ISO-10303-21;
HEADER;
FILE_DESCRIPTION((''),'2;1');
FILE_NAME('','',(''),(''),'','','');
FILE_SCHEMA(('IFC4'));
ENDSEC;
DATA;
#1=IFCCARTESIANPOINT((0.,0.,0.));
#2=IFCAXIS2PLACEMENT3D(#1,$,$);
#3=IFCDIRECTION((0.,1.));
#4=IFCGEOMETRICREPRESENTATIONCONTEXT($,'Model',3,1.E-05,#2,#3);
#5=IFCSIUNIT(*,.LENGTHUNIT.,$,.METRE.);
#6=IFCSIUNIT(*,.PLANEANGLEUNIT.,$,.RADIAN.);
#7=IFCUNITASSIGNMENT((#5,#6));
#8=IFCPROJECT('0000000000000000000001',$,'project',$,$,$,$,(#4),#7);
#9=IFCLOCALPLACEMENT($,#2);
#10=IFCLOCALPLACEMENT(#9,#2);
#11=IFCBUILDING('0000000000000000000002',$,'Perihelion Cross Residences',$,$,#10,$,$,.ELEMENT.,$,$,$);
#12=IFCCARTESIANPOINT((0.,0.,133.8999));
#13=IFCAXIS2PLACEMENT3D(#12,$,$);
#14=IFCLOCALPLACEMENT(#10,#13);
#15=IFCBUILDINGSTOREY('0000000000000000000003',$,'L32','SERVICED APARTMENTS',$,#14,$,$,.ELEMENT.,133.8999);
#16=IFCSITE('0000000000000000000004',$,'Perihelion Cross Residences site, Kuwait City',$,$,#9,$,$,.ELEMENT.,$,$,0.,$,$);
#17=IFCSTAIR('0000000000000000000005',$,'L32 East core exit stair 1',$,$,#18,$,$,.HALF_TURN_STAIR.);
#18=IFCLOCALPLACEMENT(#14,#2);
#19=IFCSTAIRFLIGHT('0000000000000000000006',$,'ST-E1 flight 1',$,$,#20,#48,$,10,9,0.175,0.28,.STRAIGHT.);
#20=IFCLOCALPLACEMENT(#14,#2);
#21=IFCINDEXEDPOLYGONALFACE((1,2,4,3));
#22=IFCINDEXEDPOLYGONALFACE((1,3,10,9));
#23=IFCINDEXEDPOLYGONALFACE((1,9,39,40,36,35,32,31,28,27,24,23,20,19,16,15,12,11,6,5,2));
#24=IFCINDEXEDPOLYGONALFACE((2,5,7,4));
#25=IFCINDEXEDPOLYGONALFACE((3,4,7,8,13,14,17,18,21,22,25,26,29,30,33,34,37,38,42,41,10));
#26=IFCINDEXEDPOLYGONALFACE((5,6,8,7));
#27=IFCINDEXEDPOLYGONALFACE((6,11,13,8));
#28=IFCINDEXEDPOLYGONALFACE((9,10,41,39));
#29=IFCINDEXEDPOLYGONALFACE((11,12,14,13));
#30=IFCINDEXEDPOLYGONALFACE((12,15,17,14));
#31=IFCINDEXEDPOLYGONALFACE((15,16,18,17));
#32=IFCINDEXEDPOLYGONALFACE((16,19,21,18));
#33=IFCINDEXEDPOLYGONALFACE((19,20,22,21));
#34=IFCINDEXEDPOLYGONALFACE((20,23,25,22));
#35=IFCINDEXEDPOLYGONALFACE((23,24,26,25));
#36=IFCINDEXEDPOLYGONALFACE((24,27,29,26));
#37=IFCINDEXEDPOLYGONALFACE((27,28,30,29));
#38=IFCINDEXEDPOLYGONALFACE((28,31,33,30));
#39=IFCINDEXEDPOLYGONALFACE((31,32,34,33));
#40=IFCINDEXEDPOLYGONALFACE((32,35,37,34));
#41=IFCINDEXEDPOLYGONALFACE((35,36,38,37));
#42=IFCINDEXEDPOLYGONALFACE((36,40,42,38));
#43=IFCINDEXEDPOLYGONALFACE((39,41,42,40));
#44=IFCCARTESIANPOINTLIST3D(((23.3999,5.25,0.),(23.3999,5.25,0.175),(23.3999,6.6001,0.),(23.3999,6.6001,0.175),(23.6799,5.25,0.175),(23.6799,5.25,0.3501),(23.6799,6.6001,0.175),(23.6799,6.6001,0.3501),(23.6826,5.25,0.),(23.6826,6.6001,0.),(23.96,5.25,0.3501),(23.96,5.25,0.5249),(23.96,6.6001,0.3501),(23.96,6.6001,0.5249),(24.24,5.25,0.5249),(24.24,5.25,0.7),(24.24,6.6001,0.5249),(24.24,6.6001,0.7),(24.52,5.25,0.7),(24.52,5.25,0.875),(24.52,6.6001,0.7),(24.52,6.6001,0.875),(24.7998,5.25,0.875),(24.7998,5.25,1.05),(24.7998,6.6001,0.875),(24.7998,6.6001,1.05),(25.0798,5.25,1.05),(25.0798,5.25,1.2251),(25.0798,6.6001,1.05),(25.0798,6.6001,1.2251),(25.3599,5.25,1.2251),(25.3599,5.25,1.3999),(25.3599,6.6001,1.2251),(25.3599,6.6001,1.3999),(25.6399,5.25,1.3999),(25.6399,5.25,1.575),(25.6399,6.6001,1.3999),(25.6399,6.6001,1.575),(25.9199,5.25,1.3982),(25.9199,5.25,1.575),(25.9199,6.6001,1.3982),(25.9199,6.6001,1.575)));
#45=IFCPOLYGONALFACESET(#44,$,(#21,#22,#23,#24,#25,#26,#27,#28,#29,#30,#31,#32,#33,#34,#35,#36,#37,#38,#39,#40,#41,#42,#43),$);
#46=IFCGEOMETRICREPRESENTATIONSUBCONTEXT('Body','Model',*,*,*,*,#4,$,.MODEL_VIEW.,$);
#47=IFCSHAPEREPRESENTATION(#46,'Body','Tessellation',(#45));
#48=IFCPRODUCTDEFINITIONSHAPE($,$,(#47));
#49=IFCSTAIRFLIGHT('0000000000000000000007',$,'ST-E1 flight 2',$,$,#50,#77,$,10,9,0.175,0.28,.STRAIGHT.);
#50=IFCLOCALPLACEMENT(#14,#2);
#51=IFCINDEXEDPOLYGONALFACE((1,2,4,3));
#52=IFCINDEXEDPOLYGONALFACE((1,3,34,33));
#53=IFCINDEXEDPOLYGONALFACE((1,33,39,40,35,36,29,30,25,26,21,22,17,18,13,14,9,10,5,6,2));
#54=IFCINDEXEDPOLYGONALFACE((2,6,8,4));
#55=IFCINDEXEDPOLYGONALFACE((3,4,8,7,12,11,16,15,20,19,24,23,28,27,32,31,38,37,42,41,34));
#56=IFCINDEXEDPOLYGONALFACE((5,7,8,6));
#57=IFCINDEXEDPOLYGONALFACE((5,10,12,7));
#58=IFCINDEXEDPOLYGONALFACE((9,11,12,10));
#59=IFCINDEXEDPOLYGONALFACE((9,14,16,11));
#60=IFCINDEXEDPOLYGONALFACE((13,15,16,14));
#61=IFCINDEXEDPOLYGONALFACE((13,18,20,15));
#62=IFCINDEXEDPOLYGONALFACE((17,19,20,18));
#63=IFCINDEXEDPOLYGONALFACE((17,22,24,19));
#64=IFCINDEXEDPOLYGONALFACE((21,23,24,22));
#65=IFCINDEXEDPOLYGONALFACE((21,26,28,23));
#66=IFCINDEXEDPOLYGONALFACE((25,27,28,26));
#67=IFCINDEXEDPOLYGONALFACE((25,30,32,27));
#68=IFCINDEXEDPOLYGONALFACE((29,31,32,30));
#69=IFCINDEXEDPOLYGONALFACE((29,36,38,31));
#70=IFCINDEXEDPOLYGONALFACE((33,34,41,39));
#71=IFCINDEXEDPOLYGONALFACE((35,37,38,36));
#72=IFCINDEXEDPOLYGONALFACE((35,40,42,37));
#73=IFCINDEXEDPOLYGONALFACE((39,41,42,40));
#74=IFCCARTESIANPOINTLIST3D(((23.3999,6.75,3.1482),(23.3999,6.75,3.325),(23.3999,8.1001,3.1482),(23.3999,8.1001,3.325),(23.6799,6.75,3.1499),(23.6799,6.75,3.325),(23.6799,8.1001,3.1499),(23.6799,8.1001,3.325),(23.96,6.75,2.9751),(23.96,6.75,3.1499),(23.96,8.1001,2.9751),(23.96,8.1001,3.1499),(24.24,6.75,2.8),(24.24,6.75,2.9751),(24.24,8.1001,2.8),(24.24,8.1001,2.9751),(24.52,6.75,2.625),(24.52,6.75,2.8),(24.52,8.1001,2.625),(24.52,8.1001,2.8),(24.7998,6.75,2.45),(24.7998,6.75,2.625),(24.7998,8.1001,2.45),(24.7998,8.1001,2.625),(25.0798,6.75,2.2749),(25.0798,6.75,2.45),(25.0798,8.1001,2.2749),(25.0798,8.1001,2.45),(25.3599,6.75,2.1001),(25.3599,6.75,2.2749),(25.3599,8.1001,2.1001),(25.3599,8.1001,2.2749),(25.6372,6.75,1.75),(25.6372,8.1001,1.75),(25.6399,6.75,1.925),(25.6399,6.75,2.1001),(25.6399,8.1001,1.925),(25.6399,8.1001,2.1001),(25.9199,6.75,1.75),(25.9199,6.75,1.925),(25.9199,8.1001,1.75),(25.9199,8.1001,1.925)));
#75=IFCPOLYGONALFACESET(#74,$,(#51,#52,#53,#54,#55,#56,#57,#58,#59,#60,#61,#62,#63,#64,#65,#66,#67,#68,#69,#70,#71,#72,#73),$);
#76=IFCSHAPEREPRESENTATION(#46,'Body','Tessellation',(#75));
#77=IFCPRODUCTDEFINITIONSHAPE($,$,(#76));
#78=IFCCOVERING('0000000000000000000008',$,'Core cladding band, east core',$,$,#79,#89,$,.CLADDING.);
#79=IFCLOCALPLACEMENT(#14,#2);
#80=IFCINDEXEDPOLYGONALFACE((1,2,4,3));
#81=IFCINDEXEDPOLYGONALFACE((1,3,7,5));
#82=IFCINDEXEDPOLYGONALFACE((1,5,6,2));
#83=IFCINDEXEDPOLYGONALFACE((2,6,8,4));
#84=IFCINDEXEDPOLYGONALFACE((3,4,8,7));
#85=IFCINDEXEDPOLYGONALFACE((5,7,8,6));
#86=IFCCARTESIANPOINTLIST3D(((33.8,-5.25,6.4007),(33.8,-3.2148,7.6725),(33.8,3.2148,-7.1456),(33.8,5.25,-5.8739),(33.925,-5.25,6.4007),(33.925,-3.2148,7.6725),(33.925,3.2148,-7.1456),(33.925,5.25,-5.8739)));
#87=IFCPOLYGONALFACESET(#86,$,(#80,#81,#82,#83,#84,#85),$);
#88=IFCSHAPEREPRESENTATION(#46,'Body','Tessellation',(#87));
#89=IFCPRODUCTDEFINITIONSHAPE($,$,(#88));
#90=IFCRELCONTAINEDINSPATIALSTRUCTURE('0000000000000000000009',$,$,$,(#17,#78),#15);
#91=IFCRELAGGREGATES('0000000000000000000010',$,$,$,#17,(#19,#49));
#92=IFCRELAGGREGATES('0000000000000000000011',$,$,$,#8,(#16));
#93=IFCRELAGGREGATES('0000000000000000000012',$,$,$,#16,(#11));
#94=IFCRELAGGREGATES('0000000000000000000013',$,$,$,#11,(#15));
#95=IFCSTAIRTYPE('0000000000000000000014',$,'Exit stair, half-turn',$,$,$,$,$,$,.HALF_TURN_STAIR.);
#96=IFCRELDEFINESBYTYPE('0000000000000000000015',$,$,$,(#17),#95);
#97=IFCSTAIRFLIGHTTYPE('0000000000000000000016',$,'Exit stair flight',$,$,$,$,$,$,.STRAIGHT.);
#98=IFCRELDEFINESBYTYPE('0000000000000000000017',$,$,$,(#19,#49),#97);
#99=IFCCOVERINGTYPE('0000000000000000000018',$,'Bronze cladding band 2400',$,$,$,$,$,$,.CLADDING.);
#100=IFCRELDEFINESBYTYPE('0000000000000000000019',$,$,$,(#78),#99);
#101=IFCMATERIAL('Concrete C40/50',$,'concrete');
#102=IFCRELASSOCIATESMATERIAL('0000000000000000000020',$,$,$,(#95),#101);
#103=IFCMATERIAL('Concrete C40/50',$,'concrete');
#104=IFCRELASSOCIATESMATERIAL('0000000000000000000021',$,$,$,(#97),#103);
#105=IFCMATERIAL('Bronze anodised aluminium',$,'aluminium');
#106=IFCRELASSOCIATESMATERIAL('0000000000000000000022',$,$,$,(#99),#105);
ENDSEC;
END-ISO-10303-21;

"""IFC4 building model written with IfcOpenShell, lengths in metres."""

from ifc_helpers import new_model, si_unit, direction, frame, origin, origin_2d, place, context, subcontext, project, spatial, polyline, rectangle, outline, extrude, material, material_profile, profile_set, type_object, element, aggregate, save


model = new_model("IFC4")

# Units and contexts
model_context = context("Model", 3, precision=1e-05, world=origin(), true_north=direction((0.0, 1.0)))
body_context = subcontext(model_context, "Body", "Model", "MODEL_VIEW")
ifc_project = project(units=[si_unit("LENGTHUNIT", "METRE"), si_unit("PLANEANGLEUNIT", "RADIAN")], contexts=[model_context])

# Site, building, storey
site_placement = place(None, origin())
site = spatial("IfcSite", under=ifc_project, at=site_placement, Name="Perihelion Cross Residences site, Kuwait City", CompositionType="ELEMENT", RefElevation=0.0)
building_placement = place(site_placement, origin())
building = spatial("IfcBuilding", under=site, at=building_placement, Name="Perihelion Cross Residences", CompositionType="ELEMENT")
storey_placement = place(building_placement, frame((0.0, 0.0, 133.8999)))
storey = spatial("IfcBuildingStorey", under=building, at=storey_placement, Name="L32", Description="SERVICED APARTMENTS", CompositionType="ELEMENT", Elevation=133.8999)

# Stair, stair flights
ifc_material_1 = material(Name="Concrete C40/50", Category="concrete")
stair_type = type_object("IfcStairType", Name="Exit stair, half-turn", PredefinedType="HALF_TURN_STAIR", material=ifc_material_1)
stair_placement = place(storey_placement, origin())
stair = element("IfcStair", 1, at=stair_placement, inside=storey, type_object=stair_type, Name="L32 East core exit stair 1", PredefinedType="HALF_TURN_STAIR")
ifc_material_2 = material(Name="Concrete C40/50", Category="concrete")
stair_flight_type = type_object("IfcStairFlightType", Name="Exit stair flight", PredefinedType="STRAIGHT", material=ifc_material_2)
stair_flight_1_placement = place(storey_placement, frame((23.3999, 5.925, 0.0), z_axis=(0.0, 0.0, 1.0), x_axis=(1.0, 0.0, 0.0)))
stair_flight_1 = element("IfcStairFlight", 2, at=stair_flight_1_placement, type_object=stair_flight_type, Name="ST-E1 flight 1", NumberOfRisers=10, NumberOfTreads=9, PredefinedType="STRAIGHT", RiserHeight=0.175, TreadLength=0.28, context=body_context, shape_type="SweptSolid", body=[
    extrude(outline(polyline([(0.0, 0.0), (0.0, 0.175), (0.28, 0.175), (0.28, 0.3501), (0.5601, 0.3501), (0.5601, 0.5249), (0.8401, 0.5249), (0.8401, 0.7), (1.1201, 0.7), (1.1201, 0.875), (1.3999, 0.875), (1.3999, 1.05), (1.6799, 1.05), (1.6799, 1.2251), (1.96, 1.2251), (1.96, 1.3999), (2.24, 1.3999), (2.24, 1.575), (2.52, 1.575), (2.52, 1.75), (2.52, 1.3982), (0.2827, 0.0), (0.0, 0.0)])), frame((0.0, 0.675, 0.0), z_axis=(0.0, -1.0, 0.0), x_axis=(1.0, 0.0, 0.0)), (0.0, 0.0, 1.0), 1.3501),
])
stair_flight_2_placement = place(storey_placement, frame((25.9199, 7.425, 1.75), z_axis=(0.0, 0.0, 1.0), x_axis=(-1.0, 0.0, 0.0)))
stair_flight_2 = element("IfcStairFlight", 3, at=stair_flight_2_placement, type_object=stair_flight_type, Name="ST-E1 flight 2", NumberOfRisers=10, NumberOfTreads=9, PredefinedType="STRAIGHT", RiserHeight=0.175, TreadLength=0.28, context=body_context, shape_type="SweptSolid", body=[
    extrude(outline(polyline([(0.0, 0.0), (0.0, 0.175), (0.28, 0.175), (0.28, 0.3501), (0.5601, 0.3501), (0.5601, 0.5249), (0.8401, 0.5249), (0.8401, 0.7), (1.1201, 0.7), (1.1201, 0.875), (1.3999, 0.875), (1.3999, 1.05), (1.6799, 1.05), (1.6799, 1.2251), (1.96, 1.2251), (1.96, 1.3999), (2.24, 1.3999), (2.24, 1.575), (2.52, 1.575), (2.52, 1.75), (2.52, 1.3982), (0.2827, 0.0), (0.0, 0.0)])), frame((0.0, 0.675, 0.0), z_axis=(0.0, -1.0, 0.0), x_axis=(1.0, 0.0, 0.0)), (0.0, 0.0, 1.0), 1.3501),
])
aggregate(stair, [stair_flight_1, stair_flight_2])

# Covering
ifc_material_3 = material(Name="Bronze anodised aluminium", Category="aluminium")
ifc_material_profile = material_profile(ifc_material_3, rectangle(XDim=0.125, YDim=2.3999, at=origin_2d()), Name="Bronze cladding band 2400")
ifc_profile_set = profile_set([ifc_material_profile], Name="Bronze anodised aluminium")
covering_type = type_object("IfcCoveringType", Name="Bronze cladding band 2400", PredefinedType="CLADDING", material=ifc_profile_set)
covering_placement = place(storey_placement, frame((33.8625, 4.2324, -6.5098), z_axis=(0.0, -0.529925, 0.848045), x_axis=(1.0, 0.0, 0.0)))
element("IfcCovering", 4, at=covering_placement, inside=storey, type_object=covering_type, Name="Core cladding band, east core", PredefinedType="CLADDING", context=body_context, shape_type="SweptSolid", body=[
    extrude(rectangle(XDim=0.125, YDim=2.3999, at=origin_2d()), origin(), (0.0, 0.0, 1.0), 15.9736),
])

save(model, "model.ifc")
